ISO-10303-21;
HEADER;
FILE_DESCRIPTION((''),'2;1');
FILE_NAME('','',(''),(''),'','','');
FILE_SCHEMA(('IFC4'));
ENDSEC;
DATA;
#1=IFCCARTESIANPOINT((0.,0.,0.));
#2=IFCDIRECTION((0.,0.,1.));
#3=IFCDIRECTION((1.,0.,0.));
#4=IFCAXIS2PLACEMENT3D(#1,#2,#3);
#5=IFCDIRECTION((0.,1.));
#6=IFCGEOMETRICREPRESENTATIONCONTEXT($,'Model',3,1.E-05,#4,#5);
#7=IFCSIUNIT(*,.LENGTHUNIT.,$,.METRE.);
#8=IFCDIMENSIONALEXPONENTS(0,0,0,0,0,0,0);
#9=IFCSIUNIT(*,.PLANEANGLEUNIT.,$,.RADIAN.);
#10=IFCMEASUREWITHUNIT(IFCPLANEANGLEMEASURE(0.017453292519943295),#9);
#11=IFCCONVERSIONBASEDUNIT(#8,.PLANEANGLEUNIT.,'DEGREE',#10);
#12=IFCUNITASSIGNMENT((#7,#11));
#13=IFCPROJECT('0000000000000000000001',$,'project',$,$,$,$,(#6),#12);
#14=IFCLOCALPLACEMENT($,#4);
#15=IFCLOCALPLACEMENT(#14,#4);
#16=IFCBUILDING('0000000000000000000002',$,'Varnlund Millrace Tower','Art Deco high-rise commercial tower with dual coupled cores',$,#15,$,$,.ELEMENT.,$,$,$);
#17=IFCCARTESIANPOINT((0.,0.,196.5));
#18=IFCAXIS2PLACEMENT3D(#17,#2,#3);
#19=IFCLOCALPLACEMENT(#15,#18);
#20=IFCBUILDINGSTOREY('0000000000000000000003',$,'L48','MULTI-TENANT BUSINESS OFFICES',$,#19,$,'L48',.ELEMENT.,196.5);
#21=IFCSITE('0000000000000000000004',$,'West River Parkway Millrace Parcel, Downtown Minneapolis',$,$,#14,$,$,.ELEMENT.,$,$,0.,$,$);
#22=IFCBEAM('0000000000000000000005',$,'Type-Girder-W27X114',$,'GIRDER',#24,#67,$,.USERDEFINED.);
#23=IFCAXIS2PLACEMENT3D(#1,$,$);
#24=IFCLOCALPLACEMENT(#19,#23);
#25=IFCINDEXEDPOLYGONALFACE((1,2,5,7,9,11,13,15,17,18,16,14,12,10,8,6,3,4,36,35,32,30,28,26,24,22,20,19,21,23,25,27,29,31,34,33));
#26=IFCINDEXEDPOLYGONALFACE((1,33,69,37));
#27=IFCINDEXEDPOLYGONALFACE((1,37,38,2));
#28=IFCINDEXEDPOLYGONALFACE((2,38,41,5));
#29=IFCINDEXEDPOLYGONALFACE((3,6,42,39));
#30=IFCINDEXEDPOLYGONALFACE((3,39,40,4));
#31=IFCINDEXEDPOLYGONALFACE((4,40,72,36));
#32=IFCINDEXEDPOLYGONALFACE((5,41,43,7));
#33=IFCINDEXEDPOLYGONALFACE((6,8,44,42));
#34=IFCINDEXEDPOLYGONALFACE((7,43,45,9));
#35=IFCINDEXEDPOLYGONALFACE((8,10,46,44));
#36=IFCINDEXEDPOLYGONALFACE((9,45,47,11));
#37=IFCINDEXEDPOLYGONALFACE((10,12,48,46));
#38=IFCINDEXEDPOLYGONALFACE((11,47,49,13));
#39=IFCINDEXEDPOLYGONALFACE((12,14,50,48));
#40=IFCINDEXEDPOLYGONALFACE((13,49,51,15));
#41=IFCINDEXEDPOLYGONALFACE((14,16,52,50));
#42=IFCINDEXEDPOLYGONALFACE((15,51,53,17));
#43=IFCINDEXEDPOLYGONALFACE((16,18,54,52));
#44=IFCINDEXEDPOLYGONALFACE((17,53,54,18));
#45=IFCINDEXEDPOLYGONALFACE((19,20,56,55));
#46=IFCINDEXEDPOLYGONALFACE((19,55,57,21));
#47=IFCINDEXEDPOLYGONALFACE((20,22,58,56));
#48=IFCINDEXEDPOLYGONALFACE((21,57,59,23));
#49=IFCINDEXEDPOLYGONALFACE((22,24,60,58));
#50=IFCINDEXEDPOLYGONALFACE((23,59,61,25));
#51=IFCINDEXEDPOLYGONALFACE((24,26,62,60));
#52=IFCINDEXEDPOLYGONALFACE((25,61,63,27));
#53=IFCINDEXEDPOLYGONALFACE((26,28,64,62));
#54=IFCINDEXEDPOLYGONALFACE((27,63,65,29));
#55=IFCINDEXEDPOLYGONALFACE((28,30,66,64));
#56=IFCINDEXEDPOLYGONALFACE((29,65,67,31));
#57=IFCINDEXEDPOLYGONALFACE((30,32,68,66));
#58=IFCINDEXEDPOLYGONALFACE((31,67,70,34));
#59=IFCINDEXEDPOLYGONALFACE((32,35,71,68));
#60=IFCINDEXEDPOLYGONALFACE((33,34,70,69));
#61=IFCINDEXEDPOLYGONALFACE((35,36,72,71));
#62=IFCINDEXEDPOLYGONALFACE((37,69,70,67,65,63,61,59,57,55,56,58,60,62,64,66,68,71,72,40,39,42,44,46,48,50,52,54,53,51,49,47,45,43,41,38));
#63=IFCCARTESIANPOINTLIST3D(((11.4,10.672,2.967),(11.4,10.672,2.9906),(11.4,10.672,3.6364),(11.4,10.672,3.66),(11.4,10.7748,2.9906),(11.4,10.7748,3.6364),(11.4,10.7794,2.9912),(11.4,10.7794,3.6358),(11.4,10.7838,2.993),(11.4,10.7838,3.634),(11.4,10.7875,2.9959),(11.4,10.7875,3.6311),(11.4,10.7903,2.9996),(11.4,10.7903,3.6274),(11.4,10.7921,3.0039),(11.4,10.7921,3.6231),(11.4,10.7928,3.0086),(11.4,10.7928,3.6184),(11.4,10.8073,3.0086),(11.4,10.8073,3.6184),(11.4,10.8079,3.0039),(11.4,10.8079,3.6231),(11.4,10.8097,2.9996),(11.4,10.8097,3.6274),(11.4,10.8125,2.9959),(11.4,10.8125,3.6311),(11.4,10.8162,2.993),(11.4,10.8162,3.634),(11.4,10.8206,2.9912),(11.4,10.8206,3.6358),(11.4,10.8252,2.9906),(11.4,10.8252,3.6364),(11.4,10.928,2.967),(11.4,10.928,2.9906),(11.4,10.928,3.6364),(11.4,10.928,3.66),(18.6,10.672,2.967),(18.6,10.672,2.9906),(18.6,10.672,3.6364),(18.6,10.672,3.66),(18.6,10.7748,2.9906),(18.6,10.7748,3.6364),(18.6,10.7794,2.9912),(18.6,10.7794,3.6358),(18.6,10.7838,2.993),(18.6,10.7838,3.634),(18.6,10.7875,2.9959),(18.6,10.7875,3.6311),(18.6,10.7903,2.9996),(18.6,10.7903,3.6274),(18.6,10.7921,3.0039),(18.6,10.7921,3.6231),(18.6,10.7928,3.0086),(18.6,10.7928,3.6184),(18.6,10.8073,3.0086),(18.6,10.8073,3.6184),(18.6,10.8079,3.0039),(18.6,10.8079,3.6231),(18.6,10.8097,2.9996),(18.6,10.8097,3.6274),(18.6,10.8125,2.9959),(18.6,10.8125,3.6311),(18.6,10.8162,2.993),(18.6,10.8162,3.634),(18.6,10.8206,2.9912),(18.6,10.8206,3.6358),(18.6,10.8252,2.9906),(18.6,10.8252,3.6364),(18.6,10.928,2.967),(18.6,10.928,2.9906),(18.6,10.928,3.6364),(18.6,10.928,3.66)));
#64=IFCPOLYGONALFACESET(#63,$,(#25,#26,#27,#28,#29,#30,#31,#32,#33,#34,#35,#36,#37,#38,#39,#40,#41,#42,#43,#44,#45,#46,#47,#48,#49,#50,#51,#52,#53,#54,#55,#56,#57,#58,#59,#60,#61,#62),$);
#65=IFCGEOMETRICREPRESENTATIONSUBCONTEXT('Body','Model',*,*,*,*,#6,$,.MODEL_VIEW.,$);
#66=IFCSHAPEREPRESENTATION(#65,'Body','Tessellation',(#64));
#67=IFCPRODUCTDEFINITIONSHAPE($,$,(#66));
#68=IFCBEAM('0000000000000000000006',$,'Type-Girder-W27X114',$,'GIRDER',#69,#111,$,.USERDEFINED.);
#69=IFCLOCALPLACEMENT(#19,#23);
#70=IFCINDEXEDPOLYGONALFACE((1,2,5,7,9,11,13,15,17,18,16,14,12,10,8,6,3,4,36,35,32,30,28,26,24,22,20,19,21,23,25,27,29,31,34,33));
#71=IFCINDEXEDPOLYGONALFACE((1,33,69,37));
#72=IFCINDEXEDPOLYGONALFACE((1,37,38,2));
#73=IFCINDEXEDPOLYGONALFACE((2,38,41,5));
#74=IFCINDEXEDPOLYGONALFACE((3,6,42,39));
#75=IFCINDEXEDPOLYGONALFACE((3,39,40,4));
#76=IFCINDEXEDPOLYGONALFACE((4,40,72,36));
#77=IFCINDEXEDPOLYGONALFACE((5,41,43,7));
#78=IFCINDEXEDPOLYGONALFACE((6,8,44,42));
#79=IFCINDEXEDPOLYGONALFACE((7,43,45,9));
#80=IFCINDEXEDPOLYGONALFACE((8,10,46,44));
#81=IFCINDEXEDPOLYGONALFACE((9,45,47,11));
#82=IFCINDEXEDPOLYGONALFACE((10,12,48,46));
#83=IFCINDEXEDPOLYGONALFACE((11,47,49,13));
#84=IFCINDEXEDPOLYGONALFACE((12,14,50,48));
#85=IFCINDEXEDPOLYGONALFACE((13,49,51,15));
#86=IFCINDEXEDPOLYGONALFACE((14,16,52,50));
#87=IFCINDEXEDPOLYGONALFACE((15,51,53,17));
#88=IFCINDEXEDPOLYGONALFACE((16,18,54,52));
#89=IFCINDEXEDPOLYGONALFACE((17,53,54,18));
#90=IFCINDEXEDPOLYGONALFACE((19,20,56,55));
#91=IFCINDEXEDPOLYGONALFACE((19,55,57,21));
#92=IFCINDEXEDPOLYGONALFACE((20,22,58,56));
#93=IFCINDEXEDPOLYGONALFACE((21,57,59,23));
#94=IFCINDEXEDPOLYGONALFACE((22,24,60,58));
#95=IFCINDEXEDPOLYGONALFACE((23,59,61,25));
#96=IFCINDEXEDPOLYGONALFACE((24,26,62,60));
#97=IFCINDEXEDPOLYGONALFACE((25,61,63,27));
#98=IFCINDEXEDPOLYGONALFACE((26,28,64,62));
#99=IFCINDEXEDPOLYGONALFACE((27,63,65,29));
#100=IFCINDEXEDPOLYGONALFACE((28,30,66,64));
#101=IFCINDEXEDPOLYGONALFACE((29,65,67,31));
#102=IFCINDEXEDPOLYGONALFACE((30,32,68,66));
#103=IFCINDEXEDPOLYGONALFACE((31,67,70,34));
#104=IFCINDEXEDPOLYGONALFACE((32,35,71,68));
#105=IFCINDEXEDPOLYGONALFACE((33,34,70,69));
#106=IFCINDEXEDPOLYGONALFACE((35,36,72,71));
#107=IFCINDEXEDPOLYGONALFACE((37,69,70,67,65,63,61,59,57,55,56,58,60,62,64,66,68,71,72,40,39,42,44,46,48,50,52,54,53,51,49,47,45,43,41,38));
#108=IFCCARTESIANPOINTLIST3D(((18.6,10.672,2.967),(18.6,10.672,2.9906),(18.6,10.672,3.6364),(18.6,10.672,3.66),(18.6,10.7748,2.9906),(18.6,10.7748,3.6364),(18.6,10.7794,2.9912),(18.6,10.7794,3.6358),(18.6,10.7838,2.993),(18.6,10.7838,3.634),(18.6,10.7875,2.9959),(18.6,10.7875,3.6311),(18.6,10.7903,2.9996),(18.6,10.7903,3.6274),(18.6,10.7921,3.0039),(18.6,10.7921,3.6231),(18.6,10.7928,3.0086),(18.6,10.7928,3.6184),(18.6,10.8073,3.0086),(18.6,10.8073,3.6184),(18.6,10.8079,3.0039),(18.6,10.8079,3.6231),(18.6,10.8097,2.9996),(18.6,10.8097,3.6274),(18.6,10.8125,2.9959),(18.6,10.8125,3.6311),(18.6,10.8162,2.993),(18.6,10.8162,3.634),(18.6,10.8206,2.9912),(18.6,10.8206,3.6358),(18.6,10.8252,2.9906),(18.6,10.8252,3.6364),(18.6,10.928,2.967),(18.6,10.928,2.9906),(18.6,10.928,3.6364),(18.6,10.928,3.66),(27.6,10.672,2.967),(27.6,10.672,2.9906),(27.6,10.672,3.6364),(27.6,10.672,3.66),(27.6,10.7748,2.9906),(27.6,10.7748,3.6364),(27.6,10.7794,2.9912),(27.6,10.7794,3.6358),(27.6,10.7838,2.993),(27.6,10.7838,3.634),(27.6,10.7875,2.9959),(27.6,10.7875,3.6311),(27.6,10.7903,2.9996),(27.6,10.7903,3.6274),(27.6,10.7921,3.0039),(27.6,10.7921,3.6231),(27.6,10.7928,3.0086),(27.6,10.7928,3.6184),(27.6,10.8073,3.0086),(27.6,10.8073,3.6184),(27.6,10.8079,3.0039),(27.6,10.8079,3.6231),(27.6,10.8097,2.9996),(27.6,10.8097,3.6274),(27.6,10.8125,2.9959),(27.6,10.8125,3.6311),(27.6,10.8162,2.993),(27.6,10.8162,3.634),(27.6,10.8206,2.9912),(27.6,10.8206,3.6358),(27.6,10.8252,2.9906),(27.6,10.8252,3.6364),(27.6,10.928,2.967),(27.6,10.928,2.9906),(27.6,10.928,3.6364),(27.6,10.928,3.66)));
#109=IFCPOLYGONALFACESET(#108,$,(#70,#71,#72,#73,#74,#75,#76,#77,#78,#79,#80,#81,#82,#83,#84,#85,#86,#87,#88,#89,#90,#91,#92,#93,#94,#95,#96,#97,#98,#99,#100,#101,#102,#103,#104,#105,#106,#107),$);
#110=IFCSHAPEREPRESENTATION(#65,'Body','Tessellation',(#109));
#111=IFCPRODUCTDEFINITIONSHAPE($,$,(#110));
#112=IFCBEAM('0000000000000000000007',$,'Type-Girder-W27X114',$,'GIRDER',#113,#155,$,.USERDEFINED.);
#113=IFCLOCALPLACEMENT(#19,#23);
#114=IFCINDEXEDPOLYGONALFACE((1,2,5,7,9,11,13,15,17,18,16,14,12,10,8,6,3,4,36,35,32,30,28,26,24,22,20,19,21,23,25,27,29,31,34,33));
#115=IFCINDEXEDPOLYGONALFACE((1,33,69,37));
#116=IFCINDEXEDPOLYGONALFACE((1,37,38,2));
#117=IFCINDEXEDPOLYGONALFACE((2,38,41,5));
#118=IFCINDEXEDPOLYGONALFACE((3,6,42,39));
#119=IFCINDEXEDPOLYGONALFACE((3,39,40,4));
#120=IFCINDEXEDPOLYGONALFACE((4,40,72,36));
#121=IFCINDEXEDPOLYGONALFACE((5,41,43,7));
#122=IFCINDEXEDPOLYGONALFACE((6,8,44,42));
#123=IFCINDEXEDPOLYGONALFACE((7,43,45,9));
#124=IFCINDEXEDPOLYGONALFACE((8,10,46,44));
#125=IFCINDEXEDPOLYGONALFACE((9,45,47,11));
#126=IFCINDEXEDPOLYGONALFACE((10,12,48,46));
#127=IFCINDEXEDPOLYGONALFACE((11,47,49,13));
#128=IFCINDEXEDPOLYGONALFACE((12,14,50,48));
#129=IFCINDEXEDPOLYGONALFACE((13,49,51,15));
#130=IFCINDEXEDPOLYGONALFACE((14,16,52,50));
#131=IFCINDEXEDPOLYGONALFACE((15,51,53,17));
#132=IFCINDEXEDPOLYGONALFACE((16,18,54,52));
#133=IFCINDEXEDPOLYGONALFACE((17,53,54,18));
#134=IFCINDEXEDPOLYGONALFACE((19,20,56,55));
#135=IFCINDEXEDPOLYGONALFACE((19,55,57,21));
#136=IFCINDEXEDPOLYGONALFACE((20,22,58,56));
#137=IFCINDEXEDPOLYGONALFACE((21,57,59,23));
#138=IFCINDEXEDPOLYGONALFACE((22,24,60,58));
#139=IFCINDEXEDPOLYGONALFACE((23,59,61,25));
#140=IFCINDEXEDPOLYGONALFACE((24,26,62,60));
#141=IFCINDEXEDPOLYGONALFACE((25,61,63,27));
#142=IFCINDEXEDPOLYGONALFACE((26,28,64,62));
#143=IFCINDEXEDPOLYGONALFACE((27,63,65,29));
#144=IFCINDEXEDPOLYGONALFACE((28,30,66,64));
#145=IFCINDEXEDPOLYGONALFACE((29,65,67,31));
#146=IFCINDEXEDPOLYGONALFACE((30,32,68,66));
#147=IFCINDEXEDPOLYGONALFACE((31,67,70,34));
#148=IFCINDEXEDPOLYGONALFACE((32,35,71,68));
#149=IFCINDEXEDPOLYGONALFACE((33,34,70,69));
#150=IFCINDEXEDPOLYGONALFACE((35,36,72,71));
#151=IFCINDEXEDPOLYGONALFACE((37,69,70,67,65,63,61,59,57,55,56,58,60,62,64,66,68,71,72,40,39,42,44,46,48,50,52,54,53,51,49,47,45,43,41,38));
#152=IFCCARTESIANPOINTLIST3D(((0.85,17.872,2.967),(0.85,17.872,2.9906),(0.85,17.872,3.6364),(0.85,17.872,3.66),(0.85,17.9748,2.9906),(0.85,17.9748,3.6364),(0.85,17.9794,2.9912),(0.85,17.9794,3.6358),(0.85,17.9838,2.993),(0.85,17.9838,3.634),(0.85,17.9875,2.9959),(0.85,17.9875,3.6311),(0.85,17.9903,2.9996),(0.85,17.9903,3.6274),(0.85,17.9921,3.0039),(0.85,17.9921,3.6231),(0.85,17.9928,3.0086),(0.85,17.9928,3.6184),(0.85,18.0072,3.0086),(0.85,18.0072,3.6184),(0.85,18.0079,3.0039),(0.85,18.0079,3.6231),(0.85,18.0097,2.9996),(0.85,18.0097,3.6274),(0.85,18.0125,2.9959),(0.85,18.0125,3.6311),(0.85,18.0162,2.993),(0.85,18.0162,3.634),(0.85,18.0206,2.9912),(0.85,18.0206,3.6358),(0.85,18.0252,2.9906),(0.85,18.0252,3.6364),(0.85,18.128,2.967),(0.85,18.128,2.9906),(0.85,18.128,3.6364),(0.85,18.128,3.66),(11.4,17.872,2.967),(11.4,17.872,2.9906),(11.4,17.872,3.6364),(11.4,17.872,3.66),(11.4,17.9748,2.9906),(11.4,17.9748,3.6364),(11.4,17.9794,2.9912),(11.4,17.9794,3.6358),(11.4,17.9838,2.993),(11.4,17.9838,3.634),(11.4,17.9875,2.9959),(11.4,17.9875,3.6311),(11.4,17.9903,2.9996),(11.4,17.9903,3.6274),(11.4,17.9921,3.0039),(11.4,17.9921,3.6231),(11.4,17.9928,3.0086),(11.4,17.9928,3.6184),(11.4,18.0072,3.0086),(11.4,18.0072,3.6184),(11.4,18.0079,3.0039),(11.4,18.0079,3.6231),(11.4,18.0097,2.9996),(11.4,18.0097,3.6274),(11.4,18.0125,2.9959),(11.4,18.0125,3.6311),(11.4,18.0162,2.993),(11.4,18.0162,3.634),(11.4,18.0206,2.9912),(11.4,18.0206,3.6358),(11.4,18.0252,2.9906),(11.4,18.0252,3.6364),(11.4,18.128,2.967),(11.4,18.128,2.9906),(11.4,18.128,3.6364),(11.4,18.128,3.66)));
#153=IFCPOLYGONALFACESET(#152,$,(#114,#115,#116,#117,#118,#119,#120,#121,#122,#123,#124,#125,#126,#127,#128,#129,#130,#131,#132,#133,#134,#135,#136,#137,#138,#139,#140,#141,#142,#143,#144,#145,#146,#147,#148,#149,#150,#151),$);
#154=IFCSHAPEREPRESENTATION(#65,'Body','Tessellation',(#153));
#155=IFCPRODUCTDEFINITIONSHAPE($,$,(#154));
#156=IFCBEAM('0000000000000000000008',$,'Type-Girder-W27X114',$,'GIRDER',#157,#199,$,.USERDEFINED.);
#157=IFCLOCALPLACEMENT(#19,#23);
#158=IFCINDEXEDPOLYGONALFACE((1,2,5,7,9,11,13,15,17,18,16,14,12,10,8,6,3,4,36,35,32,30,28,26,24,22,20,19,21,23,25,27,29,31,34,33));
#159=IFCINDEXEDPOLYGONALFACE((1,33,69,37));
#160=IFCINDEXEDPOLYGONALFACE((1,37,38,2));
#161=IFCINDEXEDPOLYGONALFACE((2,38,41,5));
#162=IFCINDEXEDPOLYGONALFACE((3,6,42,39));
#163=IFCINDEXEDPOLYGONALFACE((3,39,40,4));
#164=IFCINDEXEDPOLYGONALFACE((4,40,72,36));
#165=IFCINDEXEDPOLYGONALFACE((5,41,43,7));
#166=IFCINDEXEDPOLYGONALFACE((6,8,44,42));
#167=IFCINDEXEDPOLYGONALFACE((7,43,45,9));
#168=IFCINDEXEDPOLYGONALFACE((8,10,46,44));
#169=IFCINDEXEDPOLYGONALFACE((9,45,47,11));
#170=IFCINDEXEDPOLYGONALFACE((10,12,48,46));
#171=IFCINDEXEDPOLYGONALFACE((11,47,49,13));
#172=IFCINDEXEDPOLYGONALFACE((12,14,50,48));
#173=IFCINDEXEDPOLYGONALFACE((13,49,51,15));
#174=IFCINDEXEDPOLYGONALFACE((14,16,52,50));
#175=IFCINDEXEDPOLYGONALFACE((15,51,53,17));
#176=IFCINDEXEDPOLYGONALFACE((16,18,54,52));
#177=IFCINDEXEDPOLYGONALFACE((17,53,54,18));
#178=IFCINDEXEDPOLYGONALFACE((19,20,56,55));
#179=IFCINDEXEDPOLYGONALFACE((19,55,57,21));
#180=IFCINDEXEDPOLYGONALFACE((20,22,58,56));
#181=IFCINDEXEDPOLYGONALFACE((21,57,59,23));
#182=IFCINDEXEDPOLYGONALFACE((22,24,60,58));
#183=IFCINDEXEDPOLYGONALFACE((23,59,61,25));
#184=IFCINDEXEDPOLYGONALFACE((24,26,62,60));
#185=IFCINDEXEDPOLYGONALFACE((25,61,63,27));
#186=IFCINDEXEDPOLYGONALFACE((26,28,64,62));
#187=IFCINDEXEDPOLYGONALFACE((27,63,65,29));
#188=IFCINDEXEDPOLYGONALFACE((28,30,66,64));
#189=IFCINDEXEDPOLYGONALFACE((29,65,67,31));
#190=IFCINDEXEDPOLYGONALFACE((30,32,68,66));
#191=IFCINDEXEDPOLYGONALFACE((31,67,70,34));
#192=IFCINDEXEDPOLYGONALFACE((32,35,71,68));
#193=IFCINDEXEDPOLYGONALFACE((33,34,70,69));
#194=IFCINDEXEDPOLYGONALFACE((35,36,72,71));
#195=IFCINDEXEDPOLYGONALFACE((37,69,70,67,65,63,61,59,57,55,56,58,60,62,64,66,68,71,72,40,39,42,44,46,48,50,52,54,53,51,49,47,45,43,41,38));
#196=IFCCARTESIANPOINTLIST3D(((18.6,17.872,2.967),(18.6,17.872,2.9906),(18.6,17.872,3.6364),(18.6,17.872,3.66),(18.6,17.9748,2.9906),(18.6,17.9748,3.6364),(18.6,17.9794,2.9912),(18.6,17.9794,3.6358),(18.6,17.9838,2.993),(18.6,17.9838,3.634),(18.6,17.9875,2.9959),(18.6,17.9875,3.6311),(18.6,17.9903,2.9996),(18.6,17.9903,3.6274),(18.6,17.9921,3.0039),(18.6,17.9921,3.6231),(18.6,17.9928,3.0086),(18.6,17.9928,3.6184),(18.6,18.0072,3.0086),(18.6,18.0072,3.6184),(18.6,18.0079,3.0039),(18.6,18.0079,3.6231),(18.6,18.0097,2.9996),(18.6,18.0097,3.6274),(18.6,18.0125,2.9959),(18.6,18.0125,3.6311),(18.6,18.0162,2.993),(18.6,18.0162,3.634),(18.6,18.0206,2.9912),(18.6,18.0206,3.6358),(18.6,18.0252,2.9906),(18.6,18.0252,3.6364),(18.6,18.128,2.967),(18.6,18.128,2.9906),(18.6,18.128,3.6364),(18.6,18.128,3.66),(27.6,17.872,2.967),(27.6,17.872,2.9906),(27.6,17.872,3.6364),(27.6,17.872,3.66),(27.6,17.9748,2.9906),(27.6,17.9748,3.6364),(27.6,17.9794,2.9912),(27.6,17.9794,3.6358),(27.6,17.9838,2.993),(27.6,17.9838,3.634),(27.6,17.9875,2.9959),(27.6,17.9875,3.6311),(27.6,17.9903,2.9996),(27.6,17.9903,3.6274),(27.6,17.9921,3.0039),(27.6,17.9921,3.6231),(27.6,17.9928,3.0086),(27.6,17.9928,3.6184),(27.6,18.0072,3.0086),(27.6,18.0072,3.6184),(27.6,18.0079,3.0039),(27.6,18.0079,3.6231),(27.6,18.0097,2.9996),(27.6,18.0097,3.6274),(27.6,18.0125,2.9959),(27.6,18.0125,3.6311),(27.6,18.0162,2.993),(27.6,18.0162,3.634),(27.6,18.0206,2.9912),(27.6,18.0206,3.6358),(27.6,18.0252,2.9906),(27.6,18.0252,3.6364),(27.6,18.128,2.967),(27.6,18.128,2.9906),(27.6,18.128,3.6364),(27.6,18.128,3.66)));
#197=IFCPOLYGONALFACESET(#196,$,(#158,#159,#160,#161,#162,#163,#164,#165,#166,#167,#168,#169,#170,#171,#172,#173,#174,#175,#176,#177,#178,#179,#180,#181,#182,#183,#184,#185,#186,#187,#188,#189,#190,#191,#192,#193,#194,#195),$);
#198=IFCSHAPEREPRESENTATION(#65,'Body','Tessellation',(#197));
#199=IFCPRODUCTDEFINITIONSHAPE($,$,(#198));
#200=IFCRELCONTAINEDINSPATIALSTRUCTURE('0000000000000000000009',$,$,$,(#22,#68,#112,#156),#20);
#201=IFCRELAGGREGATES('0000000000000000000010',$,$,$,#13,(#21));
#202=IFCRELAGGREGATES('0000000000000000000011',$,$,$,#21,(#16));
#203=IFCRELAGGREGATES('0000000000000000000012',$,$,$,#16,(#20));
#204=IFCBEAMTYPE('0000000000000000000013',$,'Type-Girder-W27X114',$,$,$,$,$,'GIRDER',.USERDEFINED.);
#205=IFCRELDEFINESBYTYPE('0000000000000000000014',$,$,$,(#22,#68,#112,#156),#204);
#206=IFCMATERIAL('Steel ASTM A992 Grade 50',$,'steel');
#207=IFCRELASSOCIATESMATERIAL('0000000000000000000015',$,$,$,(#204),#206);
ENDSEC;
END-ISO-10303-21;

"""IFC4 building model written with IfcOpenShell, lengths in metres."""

from ifc_helpers import new_model, entity, si_unit, converted_unit, direction, frame, origin_with_axes, origin_2d_with_axis, place, context, subcontext, project, spatial, i_section, extrude, material, material_profile, profile_set, type_object, element, save


model = new_model("IFC4")

# Units and contexts
model_context = context("Model", 3, precision=1e-05, world=origin_with_axes(), true_north=direction((0.0, 1.0)))
body_context = subcontext(model_context, "Body", "Model", "MODEL_VIEW")
ifc_project = project(units=[si_unit("LENGTHUNIT", "METRE"), converted_unit("PLANEANGLEUNIT", "DEGREE", entity("IfcPlaneAngleMeasure", 0.017453292519943295), si_unit("PLANEANGLEUNIT", "RADIAN"), dimensions=[0, 0, 0, 0, 0, 0, 0])], contexts=[model_context])

# Site, building, storey
site_placement = place(None, origin_with_axes())
site = spatial("IfcSite", under=ifc_project, at=site_placement, Name="West River Parkway Millrace Parcel, Downtown Minneapolis", CompositionType="ELEMENT", RefElevation=0.0)
building_placement = place(site_placement, origin_with_axes())
building = spatial("IfcBuilding", under=site, at=building_placement, Name="Varnlund Millrace Tower", Description="Art Deco high-rise commercial tower with dual coupled cores", CompositionType="ELEMENT")
storey_placement = place(building_placement, frame((0.0, 0.0, 196.5), z_axis=(0.0, 0.0, 1.0), x_axis=(1.0, 0.0, 0.0)))
storey = spatial("IfcBuildingStorey", under=building, at=storey_placement, Name="L48", Description="MULTI-TENANT BUSINESS OFFICES", LongName="L48", CompositionType="ELEMENT", Elevation=196.5)

# Beams
ifc_material_1 = material(Name="Steel ASTM A992 Grade 50", Category="steel")
ifc_material_profile_1 = material_profile(ifc_material_1, i_section(OverallWidth=0.256, OverallDepth=0.693, WebThickness=0.0145, FlangeThickness=0.0236, FilletRadius=0.018, at=origin_2d_with_axis()), Name="Steel ASTM A992 Grade 50")
ifc_profile_set_1 = profile_set([ifc_material_profile_1], Name="Steel ASTM A992 Grade 50")
beam_type_1 = type_object("IfcBeamType", Name="Type-Girder-W27X114", ElementType="GIRDER", PredefinedType="USERDEFINED", material=ifc_profile_set_1)
beam_1_placement = place(storey_placement, frame((11.4, 10.8, 3.3135), z_axis=(1.0, 0.0, 0.0), x_axis=(0.0, 1.0, 0.0)))
element("IfcBeam", 1, at=beam_1_placement, inside=storey, type_object=beam_type_1, Name="Type-Girder-W27X114", ObjectType="GIRDER", PredefinedType="USERDEFINED", context=body_context, shape_type="SweptSolid", body=[
    extrude(i_section(OverallWidth=0.256, OverallDepth=0.693, WebThickness=0.0145, FlangeThickness=0.0236, FilletRadius=0.018, at=origin_2d_with_axis()), origin_with_axes(), (0.0, 0.0, 1.0), 7.2),
])
beam_2_placement = place(storey_placement, frame((18.6, 10.8, 3.3135), z_axis=(1.0, 0.0, 0.0), x_axis=(0.0, 1.0, 0.0)))
element("IfcBeam", 2, at=beam_2_placement, inside=storey, type_object=beam_type_1, Name="Type-Girder-W27X114", ObjectType="GIRDER", PredefinedType="USERDEFINED", context=body_context, shape_type="SweptSolid", body=[
    extrude(i_section(OverallWidth=0.256, OverallDepth=0.693, WebThickness=0.0145, FlangeThickness=0.0236, FilletRadius=0.018, at=origin_2d_with_axis()), origin_with_axes(), (0.0, 0.0, 1.0), 9.0),
])
beam_3_placement = place(storey_placement, frame((0.85, 18.0, 3.3135), z_axis=(1.0, 0.0, 0.0), x_axis=(0.0, 1.0, 0.0)))
element("IfcBeam", 3, at=beam_3_placement, inside=storey, type_object=beam_type_1, Name="Type-Girder-W27X114", ObjectType="GIRDER", PredefinedType="USERDEFINED", context=body_context, shape_type="SweptSolid", body=[
    extrude(i_section(OverallWidth=0.256, OverallDepth=0.693, WebThickness=0.0145, FlangeThickness=0.0236, FilletRadius=0.018, at=origin_2d_with_axis()), origin_with_axes(), (0.0, 0.0, 1.0), 10.55),
])
beam_4_placement = place(storey_placement, frame((18.6, 18.0, 3.3135), z_axis=(1.0, 0.0, 0.0), x_axis=(0.0, 1.0, 0.0)))
element("IfcBeam", 4, at=beam_4_placement, inside=storey, type_object=beam_type_1, Name="Type-Girder-W27X114", ObjectType="GIRDER", PredefinedType="USERDEFINED", context=body_context, shape_type="SweptSolid", body=[
    extrude(i_section(OverallWidth=0.256, OverallDepth=0.693, WebThickness=0.0145, FlangeThickness=0.0236, FilletRadius=0.018, at=origin_2d_with_axis()), origin_with_axes(), (0.0, 0.0, 1.0), 9.0),
])

save(model, "model.ifc")
